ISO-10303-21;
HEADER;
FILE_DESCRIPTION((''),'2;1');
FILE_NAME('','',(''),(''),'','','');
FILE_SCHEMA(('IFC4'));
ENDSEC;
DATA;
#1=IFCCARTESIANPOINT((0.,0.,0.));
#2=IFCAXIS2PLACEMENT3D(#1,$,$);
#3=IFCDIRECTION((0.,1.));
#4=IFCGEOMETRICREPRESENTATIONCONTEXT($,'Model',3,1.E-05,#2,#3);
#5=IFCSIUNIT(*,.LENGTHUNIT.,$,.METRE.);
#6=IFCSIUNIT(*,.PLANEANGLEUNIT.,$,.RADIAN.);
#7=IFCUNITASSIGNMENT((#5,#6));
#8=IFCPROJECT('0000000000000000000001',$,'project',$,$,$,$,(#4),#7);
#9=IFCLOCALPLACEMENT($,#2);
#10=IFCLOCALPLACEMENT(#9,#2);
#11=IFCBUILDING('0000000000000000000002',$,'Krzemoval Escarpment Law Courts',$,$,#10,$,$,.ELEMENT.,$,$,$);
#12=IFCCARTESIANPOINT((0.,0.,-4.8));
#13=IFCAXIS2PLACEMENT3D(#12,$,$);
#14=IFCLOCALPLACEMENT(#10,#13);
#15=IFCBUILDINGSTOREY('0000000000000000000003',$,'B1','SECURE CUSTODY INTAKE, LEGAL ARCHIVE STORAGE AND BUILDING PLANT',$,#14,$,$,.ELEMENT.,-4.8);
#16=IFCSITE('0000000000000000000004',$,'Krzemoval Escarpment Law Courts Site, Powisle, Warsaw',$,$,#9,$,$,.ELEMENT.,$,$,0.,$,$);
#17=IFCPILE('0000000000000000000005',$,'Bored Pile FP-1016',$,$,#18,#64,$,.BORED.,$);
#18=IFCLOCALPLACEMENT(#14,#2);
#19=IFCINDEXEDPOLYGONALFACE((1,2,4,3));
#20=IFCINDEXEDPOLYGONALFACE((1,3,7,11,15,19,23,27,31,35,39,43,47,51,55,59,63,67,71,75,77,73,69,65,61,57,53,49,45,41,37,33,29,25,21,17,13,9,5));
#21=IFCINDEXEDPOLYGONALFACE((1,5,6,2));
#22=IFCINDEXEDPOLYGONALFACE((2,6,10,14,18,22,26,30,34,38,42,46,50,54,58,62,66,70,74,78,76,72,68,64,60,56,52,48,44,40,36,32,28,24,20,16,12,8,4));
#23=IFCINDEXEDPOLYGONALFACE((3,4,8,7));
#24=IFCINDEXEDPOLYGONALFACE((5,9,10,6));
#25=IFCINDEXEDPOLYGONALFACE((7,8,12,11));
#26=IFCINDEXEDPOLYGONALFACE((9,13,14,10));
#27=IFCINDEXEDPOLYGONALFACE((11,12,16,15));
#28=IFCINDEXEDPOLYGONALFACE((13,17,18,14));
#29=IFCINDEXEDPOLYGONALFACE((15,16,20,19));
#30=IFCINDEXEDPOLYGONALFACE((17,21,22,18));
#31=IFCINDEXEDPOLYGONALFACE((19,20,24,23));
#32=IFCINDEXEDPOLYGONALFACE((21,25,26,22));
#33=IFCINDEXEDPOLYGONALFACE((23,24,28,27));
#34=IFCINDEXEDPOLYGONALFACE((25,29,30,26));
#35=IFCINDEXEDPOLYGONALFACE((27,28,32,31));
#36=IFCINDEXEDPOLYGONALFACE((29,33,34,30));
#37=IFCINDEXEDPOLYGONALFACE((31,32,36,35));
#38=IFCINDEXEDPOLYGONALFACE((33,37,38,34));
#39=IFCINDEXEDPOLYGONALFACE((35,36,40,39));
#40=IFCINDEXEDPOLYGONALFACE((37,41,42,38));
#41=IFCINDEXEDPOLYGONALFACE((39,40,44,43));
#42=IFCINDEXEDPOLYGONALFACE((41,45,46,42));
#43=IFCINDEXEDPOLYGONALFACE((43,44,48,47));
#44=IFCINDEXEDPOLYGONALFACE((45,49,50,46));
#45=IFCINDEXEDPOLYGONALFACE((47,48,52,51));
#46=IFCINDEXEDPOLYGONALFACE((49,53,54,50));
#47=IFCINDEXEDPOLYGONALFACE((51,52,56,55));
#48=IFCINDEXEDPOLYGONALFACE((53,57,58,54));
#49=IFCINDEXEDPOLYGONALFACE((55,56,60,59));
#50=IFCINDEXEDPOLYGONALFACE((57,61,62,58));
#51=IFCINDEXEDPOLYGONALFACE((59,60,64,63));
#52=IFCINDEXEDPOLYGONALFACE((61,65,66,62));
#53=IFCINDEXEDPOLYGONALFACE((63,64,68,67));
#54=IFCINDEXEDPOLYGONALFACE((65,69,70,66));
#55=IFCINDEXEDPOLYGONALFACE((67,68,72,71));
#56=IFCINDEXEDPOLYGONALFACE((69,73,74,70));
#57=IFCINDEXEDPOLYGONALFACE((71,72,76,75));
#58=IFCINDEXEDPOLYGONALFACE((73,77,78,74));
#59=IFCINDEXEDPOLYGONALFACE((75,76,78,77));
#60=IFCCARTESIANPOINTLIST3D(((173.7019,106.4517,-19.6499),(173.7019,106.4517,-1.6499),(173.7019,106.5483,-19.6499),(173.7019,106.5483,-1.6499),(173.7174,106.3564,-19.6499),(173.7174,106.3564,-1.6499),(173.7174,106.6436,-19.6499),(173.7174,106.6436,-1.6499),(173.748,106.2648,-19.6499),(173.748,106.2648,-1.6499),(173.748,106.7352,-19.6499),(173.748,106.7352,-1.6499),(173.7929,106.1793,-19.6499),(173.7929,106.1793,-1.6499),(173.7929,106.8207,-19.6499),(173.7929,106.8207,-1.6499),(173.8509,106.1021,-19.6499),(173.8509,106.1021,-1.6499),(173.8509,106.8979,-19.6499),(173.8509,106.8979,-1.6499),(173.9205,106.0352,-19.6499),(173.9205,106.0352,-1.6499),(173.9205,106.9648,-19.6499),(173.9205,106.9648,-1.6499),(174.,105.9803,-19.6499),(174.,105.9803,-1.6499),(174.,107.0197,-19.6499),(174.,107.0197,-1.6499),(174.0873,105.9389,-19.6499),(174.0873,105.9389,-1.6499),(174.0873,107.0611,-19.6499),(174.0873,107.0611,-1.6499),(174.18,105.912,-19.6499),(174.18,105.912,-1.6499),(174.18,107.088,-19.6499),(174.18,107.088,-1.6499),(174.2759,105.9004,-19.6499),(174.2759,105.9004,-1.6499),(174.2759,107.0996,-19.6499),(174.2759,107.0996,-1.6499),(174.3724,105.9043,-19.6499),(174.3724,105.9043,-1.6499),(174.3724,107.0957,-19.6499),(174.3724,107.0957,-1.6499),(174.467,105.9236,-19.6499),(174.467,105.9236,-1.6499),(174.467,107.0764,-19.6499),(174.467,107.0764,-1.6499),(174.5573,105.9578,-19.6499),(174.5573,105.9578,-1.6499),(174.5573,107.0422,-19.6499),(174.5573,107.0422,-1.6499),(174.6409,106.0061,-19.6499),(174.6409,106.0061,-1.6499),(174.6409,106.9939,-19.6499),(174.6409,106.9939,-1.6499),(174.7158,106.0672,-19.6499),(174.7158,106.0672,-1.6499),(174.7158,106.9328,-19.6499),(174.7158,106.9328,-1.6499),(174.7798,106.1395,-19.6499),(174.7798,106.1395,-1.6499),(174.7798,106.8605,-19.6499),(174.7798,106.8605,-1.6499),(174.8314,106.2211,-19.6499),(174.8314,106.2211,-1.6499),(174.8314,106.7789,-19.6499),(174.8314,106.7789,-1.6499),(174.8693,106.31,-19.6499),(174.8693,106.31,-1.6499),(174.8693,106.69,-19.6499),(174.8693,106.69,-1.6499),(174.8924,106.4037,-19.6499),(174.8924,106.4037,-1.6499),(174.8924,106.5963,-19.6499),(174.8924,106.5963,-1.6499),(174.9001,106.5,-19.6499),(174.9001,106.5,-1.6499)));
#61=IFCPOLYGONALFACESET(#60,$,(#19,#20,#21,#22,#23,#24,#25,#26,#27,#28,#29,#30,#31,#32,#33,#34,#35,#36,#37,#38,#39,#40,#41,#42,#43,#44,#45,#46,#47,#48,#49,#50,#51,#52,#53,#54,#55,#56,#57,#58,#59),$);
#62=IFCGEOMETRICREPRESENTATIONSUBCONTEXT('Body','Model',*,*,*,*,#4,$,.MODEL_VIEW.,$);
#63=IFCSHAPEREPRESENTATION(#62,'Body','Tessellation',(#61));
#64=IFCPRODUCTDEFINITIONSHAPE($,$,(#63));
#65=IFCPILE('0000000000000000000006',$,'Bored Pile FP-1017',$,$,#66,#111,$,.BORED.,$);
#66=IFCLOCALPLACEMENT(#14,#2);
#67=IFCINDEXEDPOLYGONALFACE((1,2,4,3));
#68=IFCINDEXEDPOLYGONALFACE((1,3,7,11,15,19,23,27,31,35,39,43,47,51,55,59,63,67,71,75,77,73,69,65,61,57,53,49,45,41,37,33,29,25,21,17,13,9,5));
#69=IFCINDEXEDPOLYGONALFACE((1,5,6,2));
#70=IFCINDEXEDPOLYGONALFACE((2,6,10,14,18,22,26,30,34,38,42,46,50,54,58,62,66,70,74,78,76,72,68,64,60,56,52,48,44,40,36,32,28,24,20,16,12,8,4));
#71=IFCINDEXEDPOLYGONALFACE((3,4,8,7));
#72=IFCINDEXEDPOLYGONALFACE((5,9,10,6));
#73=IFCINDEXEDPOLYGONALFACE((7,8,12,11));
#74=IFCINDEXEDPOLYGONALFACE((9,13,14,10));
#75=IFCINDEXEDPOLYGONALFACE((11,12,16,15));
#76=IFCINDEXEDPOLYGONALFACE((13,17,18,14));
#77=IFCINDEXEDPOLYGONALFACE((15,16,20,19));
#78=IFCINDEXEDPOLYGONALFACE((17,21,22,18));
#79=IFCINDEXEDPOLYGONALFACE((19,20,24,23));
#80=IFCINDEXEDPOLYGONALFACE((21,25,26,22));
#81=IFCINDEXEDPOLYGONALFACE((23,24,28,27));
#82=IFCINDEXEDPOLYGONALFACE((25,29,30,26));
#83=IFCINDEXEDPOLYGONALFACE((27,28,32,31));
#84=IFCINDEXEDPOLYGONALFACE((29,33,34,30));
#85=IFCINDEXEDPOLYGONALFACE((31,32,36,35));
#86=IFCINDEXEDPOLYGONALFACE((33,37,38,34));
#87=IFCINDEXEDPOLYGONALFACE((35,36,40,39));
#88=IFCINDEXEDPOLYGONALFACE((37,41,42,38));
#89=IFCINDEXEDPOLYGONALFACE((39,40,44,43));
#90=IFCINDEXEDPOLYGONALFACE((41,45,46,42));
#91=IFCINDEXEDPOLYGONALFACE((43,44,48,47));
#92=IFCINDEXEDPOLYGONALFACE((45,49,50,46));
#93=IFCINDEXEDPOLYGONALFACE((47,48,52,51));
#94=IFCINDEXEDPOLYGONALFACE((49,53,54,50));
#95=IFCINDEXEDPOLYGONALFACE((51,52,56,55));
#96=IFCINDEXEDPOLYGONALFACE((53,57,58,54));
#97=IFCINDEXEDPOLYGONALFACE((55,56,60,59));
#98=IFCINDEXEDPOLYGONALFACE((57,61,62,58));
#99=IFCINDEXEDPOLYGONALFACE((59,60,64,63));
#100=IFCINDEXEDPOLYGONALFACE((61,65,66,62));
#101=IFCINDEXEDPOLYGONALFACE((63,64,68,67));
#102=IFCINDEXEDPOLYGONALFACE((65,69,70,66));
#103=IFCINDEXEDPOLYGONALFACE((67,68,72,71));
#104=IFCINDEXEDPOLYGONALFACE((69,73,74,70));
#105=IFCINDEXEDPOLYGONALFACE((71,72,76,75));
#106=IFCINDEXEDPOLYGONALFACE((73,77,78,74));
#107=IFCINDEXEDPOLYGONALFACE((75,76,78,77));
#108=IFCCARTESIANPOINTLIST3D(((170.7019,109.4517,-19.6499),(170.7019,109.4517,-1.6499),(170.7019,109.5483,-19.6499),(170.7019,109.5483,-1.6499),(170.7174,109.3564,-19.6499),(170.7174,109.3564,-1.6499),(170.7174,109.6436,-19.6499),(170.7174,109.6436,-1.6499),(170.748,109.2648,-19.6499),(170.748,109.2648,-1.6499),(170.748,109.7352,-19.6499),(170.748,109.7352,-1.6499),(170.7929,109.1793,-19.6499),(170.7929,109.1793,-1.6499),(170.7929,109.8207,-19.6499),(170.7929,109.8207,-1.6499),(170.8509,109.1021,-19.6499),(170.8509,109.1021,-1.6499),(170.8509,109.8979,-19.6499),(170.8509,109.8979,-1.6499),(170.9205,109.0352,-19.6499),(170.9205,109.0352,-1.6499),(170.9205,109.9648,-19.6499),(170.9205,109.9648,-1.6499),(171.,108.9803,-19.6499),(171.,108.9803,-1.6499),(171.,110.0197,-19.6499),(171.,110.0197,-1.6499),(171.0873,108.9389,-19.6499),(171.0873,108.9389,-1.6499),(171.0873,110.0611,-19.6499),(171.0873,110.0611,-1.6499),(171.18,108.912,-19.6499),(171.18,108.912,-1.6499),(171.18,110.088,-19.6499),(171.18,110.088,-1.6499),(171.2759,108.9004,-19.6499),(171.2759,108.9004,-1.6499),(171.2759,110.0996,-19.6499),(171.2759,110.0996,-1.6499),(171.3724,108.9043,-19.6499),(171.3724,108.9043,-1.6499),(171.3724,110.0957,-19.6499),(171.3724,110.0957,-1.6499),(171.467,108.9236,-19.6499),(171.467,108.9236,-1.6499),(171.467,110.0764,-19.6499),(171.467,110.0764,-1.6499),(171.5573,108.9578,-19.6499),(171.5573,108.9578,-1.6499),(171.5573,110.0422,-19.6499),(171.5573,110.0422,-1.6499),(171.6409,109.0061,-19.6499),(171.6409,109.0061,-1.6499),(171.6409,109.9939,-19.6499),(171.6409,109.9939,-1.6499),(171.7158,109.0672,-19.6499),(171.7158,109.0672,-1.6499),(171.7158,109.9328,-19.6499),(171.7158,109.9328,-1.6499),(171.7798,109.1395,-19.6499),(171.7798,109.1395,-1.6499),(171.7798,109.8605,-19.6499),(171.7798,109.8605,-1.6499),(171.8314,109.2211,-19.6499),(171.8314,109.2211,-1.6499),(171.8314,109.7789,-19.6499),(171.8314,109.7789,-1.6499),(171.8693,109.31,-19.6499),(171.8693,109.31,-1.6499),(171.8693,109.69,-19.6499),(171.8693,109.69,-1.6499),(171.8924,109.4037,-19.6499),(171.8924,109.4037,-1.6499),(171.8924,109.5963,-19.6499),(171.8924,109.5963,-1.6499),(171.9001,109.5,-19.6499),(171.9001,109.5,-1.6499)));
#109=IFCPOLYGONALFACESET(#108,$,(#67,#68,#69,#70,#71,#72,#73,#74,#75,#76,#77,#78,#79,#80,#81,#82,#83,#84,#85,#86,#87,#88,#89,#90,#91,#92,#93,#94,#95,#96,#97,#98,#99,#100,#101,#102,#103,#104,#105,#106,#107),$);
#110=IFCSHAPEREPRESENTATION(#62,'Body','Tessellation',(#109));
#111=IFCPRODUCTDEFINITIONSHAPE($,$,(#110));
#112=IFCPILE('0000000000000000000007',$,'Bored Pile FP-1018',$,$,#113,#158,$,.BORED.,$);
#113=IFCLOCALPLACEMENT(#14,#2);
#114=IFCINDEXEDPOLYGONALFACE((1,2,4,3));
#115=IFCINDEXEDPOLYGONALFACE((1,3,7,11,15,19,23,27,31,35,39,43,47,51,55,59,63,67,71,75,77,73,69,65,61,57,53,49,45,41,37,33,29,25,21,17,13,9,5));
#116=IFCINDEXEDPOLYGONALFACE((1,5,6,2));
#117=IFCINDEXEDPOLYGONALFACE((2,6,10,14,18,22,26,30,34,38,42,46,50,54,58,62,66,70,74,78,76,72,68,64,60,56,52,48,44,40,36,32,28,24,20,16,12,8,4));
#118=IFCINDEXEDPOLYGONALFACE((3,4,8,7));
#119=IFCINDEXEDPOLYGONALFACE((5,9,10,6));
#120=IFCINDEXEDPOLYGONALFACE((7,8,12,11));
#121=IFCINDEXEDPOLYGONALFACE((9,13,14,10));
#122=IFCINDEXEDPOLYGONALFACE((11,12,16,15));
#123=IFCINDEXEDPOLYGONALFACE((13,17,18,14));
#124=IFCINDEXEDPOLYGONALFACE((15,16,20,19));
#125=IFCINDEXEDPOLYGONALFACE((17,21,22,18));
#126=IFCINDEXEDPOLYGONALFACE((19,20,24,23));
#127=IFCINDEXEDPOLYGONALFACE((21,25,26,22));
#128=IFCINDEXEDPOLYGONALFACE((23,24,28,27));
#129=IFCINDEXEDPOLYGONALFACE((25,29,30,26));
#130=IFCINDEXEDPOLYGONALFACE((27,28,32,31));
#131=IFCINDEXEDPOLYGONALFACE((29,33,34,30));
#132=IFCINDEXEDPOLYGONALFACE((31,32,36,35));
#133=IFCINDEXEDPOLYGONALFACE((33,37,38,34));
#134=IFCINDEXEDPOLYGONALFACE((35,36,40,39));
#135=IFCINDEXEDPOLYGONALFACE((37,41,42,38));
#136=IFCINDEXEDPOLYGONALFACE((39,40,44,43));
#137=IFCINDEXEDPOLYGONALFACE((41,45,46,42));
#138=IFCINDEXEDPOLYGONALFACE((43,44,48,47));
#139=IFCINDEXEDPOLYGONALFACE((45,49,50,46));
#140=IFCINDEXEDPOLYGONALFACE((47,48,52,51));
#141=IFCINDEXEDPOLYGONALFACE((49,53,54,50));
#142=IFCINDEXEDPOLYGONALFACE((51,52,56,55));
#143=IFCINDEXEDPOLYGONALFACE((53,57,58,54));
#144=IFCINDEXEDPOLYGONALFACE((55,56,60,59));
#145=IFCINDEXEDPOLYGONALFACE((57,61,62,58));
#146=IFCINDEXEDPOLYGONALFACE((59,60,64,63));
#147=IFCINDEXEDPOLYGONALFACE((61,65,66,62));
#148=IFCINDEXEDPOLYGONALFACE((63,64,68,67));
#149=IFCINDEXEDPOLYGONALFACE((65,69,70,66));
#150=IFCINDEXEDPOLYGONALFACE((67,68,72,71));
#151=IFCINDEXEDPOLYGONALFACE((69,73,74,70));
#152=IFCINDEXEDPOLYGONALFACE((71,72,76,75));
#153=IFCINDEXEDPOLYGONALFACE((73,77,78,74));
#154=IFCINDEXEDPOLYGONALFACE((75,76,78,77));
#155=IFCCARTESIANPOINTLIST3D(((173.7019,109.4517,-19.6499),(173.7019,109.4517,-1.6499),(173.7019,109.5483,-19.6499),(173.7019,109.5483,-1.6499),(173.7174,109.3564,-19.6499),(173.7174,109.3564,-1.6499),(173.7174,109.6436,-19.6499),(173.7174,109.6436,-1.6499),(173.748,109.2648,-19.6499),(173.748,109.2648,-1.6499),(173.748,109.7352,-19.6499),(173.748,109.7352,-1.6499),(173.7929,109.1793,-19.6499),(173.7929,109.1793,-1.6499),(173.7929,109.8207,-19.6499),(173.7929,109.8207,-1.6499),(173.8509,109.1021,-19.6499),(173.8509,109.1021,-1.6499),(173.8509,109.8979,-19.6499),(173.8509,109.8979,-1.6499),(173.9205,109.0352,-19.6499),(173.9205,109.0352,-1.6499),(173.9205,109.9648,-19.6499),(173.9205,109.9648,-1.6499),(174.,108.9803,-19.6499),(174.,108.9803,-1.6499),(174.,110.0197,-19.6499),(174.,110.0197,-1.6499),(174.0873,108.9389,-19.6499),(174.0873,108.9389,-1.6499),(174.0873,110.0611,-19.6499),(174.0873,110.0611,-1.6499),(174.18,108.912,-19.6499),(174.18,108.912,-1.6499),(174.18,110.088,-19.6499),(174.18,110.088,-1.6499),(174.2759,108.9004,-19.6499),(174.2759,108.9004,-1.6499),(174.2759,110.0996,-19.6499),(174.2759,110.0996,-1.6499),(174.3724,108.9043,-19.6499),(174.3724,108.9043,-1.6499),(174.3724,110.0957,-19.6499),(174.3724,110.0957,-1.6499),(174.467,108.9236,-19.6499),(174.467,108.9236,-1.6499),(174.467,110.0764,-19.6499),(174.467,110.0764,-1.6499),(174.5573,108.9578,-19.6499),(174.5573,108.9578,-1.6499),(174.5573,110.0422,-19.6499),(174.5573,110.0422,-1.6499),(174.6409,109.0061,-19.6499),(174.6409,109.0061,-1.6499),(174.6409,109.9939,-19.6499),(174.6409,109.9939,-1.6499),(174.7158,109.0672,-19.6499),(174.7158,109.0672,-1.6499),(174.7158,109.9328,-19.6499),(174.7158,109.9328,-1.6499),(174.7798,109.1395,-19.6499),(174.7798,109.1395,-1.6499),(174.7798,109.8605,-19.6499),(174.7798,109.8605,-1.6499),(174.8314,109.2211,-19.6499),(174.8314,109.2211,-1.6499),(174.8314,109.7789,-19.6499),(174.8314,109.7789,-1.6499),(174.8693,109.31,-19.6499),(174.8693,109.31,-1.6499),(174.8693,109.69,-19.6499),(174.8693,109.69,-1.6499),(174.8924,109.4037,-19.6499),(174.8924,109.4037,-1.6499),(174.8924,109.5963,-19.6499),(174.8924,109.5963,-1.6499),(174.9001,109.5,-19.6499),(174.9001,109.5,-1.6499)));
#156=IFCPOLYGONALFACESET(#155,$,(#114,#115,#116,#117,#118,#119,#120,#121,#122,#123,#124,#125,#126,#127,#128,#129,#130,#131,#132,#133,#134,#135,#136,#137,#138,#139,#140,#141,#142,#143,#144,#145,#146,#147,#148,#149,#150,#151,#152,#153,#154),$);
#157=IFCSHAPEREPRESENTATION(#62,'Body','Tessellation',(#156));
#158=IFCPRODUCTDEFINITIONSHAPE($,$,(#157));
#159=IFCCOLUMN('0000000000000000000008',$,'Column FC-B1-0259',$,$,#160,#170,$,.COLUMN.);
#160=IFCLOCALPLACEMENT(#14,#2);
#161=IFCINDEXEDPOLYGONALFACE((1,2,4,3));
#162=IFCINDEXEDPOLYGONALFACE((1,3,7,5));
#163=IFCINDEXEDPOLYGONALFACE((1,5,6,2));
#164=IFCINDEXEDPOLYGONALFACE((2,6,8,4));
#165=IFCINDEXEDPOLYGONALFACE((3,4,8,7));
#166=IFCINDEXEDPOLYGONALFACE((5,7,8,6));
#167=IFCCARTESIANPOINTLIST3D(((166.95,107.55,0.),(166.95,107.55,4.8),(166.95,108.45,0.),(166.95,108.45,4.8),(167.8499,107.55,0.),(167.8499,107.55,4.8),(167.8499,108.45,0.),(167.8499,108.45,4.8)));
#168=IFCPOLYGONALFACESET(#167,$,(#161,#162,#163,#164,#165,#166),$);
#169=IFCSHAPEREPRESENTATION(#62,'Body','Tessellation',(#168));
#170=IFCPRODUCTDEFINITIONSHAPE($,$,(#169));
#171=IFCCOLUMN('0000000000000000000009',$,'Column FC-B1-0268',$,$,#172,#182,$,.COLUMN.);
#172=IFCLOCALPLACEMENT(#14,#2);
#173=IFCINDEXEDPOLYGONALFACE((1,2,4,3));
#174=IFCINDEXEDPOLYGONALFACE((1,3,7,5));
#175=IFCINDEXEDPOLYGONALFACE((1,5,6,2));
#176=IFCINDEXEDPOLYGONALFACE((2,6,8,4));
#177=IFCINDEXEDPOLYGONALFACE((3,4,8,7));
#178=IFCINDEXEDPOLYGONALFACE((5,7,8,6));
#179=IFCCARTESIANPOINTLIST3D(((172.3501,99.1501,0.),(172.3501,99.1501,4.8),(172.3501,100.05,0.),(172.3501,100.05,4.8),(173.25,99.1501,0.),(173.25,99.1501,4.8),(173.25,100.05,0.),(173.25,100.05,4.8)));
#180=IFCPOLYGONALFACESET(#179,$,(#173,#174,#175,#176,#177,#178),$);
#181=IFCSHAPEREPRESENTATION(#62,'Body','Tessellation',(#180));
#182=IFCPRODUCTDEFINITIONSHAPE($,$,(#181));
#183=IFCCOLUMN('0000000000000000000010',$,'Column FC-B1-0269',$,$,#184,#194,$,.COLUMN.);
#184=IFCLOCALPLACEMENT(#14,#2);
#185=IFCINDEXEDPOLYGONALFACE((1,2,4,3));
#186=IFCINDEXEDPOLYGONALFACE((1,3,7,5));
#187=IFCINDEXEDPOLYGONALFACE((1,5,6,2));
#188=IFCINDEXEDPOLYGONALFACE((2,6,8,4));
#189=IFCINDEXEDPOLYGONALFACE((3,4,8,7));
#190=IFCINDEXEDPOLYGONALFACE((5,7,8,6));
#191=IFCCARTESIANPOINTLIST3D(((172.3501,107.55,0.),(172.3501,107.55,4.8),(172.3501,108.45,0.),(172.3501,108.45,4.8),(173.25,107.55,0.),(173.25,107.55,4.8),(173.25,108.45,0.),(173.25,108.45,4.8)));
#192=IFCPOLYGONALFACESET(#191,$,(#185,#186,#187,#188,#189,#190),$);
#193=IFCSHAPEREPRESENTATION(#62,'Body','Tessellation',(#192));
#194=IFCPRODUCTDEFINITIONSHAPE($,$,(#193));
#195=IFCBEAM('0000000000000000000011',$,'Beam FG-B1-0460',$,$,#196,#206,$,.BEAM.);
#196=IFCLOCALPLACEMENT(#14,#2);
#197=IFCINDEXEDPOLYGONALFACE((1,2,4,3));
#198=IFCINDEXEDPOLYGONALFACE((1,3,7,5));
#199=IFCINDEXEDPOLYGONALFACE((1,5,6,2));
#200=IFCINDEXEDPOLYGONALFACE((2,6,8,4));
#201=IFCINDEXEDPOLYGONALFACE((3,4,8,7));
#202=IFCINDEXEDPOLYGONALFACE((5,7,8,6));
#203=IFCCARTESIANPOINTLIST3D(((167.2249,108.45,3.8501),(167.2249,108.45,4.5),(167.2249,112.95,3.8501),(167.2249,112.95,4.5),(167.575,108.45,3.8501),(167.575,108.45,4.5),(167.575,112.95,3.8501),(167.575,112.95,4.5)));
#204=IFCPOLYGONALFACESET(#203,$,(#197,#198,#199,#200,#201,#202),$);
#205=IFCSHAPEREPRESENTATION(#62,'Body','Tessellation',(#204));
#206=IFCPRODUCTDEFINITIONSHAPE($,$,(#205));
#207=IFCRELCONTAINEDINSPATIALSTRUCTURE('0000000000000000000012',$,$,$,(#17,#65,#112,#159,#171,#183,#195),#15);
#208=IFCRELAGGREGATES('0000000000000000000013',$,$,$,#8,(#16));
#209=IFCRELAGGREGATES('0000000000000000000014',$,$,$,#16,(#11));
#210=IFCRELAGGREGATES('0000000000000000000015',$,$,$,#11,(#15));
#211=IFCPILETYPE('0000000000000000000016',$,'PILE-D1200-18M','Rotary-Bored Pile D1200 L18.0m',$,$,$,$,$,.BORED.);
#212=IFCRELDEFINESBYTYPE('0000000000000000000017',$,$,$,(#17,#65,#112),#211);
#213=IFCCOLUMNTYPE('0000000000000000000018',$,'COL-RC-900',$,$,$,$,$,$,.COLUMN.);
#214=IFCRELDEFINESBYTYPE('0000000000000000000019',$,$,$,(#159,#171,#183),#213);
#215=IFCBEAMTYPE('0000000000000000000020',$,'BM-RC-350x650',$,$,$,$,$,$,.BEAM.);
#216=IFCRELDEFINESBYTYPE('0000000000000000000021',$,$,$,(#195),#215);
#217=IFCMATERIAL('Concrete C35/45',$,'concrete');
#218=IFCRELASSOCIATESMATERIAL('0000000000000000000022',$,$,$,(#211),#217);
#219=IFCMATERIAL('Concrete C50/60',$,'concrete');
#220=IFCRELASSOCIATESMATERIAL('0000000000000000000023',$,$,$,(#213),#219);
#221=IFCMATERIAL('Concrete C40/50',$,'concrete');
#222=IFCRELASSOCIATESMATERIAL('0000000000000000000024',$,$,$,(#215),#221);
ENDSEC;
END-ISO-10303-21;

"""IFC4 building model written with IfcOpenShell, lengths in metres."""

from ifc_helpers import new_model, si_unit, direction, frame, origin, origin_2d, place, context, subcontext, project, spatial, rectangle, circle, extrude, material, material_profile, profile_set, type_object, element, save


model = new_model("IFC4")

# Units and contexts
model_context = context("Model", 3, precision=1e-05, world=origin(), true_north=direction((0.0, 1.0)))
body_context = subcontext(model_context, "Body", "Model", "MODEL_VIEW")
ifc_project = project(units=[si_unit("LENGTHUNIT", "METRE"), si_unit("PLANEANGLEUNIT", "RADIAN")], contexts=[model_context])

# Site, building, storey
site_placement = place(None, origin())
site = spatial("IfcSite", under=ifc_project, at=site_placement, Name="Krzemoval Escarpment Law Courts Site, Powisle, Warsaw", CompositionType="ELEMENT", RefElevation=0.0)
building_placement = place(site_placement, origin())
building = spatial("IfcBuilding", under=site, at=building_placement, Name="Krzemoval Escarpment Law Courts", CompositionType="ELEMENT")
storey_placement = place(building_placement, frame((0.0, 0.0, -4.8)))
storey = spatial("IfcBuildingStorey", under=building, at=storey_placement, Name="B1", Description="SECURE CUSTODY INTAKE, LEGAL ARCHIVE STORAGE AND BUILDING PLANT", CompositionType="ELEMENT", Elevation=-4.8)

# Piles
ifc_material_1 = material(Name="Concrete C35/45", Category="concrete")
ifc_material_profile_1 = material_profile(ifc_material_1, circle(Radius=0.6001, at=origin_2d()), Name="PILE D1200")
ifc_profile_set_1 = profile_set([ifc_material_profile_1], Name="Concrete C35/45")
pile_type = type_object("IfcPileType", Name="PILE-D1200-18M", Description="Rotary-Bored Pile D1200 L18.0m", PredefinedType="BORED", material=ifc_profile_set_1)
for number, where, z_axis, x_axis, name in (
    (1, (174.3, 106.5, -1.6499), (0.0, 0.0, -1.0), (1.0, 0.0, 0.0), "Bored Pile FP-1016"),
    (2, (171.3, 109.5, -1.6499), (0.0, 0.0, -1.0), (1.0, 0.0, 0.0), "Bored Pile FP-1017"),
    (3, (174.3, 109.5, -1.6499), (0.0, 0.0, -1.0), (1.0, 0.0, 0.0), "Bored Pile FP-1018"),
):
    element("IfcPile", number, at=place(storey_placement, frame(where, z_axis=z_axis, x_axis=x_axis)), inside=storey, type_object=pile_type, Name=name, PredefinedType="BORED", context=body_context, shape_type="SweptSolid", body=[
        extrude(circle(Radius=0.6001, at=origin_2d()), origin(), (0.0, 0.0, 1.0), 18.0),
    ])

# Columns
ifc_material_2 = material(Name="Concrete C50/60", Category="concrete")
ifc_material_profile_2 = material_profile(ifc_material_2, rectangle(XDim=0.8999, YDim=0.8999, at=origin_2d()), Name="RC 900x900")
ifc_profile_set_2 = profile_set([ifc_material_profile_2], Name="Concrete C50/60")
column_type = type_object("IfcColumnType", Name="COL-RC-900", PredefinedType="COLUMN", material=ifc_profile_set_2)
for number, where, z_axis, x_axis, name in (
    (4, (167.3999, 108.0, 0.0), (0.0, 0.0, 1.0), (1.0, 0.0, 0.0), "Column FC-B1-0259"),
    (5, (172.8, 99.6001, 0.0), (0.0, 0.0, 1.0), (1.0, 0.0, 0.0), "Column FC-B1-0268"),
    (6, (172.8, 108.0, 0.0), (0.0, 0.0, 1.0), (1.0, 0.0, 0.0), "Column FC-B1-0269"),
):
    element("IfcColumn", number, at=place(storey_placement, frame(where, z_axis=z_axis, x_axis=x_axis)), inside=storey, type_object=column_type, Name=name, PredefinedType="COLUMN", context=body_context, shape_type="SweptSolid", body=[
        extrude(rectangle(XDim=0.8999, YDim=0.8999, at=origin_2d()), origin(), (0.0, 0.0, 1.0), 4.8),
    ])

# Beam
ifc_material_3 = material(Name="Concrete C40/50", Category="concrete")
ifc_material_profile_3 = material_profile(ifc_material_3, rectangle(XDim=0.3501, YDim=0.6499, at=origin_2d()), Name="RCB 350x650")
ifc_profile_set_3 = profile_set([ifc_material_profile_3], Name="Concrete C40/50")
beam_type_1 = type_object("IfcBeamType", Name="BM-RC-350x650", PredefinedType="BEAM", material=ifc_profile_set_3)
for number, where, z_axis, x_axis, name in (
    (7, (167.3999, 108.45, 4.175), (0.0, 1.0, 0.0), (-1.0, 0.0, 0.0), "Beam FG-B1-0460"),
):
    element("IfcBeam", number, at=place(storey_placement, frame(where, z_axis=z_axis, x_axis=x_axis)), inside=storey, type_object=beam_type_1, Name=name, PredefinedType="BEAM", context=body_context, shape_type="SweptSolid", body=[
        extrude(rectangle(XDim=0.3501, YDim=0.6499, at=origin_2d()), origin(), (0.0, 0.0, 1.0), 4.5),
    ])

save(model, "model.ifc")
